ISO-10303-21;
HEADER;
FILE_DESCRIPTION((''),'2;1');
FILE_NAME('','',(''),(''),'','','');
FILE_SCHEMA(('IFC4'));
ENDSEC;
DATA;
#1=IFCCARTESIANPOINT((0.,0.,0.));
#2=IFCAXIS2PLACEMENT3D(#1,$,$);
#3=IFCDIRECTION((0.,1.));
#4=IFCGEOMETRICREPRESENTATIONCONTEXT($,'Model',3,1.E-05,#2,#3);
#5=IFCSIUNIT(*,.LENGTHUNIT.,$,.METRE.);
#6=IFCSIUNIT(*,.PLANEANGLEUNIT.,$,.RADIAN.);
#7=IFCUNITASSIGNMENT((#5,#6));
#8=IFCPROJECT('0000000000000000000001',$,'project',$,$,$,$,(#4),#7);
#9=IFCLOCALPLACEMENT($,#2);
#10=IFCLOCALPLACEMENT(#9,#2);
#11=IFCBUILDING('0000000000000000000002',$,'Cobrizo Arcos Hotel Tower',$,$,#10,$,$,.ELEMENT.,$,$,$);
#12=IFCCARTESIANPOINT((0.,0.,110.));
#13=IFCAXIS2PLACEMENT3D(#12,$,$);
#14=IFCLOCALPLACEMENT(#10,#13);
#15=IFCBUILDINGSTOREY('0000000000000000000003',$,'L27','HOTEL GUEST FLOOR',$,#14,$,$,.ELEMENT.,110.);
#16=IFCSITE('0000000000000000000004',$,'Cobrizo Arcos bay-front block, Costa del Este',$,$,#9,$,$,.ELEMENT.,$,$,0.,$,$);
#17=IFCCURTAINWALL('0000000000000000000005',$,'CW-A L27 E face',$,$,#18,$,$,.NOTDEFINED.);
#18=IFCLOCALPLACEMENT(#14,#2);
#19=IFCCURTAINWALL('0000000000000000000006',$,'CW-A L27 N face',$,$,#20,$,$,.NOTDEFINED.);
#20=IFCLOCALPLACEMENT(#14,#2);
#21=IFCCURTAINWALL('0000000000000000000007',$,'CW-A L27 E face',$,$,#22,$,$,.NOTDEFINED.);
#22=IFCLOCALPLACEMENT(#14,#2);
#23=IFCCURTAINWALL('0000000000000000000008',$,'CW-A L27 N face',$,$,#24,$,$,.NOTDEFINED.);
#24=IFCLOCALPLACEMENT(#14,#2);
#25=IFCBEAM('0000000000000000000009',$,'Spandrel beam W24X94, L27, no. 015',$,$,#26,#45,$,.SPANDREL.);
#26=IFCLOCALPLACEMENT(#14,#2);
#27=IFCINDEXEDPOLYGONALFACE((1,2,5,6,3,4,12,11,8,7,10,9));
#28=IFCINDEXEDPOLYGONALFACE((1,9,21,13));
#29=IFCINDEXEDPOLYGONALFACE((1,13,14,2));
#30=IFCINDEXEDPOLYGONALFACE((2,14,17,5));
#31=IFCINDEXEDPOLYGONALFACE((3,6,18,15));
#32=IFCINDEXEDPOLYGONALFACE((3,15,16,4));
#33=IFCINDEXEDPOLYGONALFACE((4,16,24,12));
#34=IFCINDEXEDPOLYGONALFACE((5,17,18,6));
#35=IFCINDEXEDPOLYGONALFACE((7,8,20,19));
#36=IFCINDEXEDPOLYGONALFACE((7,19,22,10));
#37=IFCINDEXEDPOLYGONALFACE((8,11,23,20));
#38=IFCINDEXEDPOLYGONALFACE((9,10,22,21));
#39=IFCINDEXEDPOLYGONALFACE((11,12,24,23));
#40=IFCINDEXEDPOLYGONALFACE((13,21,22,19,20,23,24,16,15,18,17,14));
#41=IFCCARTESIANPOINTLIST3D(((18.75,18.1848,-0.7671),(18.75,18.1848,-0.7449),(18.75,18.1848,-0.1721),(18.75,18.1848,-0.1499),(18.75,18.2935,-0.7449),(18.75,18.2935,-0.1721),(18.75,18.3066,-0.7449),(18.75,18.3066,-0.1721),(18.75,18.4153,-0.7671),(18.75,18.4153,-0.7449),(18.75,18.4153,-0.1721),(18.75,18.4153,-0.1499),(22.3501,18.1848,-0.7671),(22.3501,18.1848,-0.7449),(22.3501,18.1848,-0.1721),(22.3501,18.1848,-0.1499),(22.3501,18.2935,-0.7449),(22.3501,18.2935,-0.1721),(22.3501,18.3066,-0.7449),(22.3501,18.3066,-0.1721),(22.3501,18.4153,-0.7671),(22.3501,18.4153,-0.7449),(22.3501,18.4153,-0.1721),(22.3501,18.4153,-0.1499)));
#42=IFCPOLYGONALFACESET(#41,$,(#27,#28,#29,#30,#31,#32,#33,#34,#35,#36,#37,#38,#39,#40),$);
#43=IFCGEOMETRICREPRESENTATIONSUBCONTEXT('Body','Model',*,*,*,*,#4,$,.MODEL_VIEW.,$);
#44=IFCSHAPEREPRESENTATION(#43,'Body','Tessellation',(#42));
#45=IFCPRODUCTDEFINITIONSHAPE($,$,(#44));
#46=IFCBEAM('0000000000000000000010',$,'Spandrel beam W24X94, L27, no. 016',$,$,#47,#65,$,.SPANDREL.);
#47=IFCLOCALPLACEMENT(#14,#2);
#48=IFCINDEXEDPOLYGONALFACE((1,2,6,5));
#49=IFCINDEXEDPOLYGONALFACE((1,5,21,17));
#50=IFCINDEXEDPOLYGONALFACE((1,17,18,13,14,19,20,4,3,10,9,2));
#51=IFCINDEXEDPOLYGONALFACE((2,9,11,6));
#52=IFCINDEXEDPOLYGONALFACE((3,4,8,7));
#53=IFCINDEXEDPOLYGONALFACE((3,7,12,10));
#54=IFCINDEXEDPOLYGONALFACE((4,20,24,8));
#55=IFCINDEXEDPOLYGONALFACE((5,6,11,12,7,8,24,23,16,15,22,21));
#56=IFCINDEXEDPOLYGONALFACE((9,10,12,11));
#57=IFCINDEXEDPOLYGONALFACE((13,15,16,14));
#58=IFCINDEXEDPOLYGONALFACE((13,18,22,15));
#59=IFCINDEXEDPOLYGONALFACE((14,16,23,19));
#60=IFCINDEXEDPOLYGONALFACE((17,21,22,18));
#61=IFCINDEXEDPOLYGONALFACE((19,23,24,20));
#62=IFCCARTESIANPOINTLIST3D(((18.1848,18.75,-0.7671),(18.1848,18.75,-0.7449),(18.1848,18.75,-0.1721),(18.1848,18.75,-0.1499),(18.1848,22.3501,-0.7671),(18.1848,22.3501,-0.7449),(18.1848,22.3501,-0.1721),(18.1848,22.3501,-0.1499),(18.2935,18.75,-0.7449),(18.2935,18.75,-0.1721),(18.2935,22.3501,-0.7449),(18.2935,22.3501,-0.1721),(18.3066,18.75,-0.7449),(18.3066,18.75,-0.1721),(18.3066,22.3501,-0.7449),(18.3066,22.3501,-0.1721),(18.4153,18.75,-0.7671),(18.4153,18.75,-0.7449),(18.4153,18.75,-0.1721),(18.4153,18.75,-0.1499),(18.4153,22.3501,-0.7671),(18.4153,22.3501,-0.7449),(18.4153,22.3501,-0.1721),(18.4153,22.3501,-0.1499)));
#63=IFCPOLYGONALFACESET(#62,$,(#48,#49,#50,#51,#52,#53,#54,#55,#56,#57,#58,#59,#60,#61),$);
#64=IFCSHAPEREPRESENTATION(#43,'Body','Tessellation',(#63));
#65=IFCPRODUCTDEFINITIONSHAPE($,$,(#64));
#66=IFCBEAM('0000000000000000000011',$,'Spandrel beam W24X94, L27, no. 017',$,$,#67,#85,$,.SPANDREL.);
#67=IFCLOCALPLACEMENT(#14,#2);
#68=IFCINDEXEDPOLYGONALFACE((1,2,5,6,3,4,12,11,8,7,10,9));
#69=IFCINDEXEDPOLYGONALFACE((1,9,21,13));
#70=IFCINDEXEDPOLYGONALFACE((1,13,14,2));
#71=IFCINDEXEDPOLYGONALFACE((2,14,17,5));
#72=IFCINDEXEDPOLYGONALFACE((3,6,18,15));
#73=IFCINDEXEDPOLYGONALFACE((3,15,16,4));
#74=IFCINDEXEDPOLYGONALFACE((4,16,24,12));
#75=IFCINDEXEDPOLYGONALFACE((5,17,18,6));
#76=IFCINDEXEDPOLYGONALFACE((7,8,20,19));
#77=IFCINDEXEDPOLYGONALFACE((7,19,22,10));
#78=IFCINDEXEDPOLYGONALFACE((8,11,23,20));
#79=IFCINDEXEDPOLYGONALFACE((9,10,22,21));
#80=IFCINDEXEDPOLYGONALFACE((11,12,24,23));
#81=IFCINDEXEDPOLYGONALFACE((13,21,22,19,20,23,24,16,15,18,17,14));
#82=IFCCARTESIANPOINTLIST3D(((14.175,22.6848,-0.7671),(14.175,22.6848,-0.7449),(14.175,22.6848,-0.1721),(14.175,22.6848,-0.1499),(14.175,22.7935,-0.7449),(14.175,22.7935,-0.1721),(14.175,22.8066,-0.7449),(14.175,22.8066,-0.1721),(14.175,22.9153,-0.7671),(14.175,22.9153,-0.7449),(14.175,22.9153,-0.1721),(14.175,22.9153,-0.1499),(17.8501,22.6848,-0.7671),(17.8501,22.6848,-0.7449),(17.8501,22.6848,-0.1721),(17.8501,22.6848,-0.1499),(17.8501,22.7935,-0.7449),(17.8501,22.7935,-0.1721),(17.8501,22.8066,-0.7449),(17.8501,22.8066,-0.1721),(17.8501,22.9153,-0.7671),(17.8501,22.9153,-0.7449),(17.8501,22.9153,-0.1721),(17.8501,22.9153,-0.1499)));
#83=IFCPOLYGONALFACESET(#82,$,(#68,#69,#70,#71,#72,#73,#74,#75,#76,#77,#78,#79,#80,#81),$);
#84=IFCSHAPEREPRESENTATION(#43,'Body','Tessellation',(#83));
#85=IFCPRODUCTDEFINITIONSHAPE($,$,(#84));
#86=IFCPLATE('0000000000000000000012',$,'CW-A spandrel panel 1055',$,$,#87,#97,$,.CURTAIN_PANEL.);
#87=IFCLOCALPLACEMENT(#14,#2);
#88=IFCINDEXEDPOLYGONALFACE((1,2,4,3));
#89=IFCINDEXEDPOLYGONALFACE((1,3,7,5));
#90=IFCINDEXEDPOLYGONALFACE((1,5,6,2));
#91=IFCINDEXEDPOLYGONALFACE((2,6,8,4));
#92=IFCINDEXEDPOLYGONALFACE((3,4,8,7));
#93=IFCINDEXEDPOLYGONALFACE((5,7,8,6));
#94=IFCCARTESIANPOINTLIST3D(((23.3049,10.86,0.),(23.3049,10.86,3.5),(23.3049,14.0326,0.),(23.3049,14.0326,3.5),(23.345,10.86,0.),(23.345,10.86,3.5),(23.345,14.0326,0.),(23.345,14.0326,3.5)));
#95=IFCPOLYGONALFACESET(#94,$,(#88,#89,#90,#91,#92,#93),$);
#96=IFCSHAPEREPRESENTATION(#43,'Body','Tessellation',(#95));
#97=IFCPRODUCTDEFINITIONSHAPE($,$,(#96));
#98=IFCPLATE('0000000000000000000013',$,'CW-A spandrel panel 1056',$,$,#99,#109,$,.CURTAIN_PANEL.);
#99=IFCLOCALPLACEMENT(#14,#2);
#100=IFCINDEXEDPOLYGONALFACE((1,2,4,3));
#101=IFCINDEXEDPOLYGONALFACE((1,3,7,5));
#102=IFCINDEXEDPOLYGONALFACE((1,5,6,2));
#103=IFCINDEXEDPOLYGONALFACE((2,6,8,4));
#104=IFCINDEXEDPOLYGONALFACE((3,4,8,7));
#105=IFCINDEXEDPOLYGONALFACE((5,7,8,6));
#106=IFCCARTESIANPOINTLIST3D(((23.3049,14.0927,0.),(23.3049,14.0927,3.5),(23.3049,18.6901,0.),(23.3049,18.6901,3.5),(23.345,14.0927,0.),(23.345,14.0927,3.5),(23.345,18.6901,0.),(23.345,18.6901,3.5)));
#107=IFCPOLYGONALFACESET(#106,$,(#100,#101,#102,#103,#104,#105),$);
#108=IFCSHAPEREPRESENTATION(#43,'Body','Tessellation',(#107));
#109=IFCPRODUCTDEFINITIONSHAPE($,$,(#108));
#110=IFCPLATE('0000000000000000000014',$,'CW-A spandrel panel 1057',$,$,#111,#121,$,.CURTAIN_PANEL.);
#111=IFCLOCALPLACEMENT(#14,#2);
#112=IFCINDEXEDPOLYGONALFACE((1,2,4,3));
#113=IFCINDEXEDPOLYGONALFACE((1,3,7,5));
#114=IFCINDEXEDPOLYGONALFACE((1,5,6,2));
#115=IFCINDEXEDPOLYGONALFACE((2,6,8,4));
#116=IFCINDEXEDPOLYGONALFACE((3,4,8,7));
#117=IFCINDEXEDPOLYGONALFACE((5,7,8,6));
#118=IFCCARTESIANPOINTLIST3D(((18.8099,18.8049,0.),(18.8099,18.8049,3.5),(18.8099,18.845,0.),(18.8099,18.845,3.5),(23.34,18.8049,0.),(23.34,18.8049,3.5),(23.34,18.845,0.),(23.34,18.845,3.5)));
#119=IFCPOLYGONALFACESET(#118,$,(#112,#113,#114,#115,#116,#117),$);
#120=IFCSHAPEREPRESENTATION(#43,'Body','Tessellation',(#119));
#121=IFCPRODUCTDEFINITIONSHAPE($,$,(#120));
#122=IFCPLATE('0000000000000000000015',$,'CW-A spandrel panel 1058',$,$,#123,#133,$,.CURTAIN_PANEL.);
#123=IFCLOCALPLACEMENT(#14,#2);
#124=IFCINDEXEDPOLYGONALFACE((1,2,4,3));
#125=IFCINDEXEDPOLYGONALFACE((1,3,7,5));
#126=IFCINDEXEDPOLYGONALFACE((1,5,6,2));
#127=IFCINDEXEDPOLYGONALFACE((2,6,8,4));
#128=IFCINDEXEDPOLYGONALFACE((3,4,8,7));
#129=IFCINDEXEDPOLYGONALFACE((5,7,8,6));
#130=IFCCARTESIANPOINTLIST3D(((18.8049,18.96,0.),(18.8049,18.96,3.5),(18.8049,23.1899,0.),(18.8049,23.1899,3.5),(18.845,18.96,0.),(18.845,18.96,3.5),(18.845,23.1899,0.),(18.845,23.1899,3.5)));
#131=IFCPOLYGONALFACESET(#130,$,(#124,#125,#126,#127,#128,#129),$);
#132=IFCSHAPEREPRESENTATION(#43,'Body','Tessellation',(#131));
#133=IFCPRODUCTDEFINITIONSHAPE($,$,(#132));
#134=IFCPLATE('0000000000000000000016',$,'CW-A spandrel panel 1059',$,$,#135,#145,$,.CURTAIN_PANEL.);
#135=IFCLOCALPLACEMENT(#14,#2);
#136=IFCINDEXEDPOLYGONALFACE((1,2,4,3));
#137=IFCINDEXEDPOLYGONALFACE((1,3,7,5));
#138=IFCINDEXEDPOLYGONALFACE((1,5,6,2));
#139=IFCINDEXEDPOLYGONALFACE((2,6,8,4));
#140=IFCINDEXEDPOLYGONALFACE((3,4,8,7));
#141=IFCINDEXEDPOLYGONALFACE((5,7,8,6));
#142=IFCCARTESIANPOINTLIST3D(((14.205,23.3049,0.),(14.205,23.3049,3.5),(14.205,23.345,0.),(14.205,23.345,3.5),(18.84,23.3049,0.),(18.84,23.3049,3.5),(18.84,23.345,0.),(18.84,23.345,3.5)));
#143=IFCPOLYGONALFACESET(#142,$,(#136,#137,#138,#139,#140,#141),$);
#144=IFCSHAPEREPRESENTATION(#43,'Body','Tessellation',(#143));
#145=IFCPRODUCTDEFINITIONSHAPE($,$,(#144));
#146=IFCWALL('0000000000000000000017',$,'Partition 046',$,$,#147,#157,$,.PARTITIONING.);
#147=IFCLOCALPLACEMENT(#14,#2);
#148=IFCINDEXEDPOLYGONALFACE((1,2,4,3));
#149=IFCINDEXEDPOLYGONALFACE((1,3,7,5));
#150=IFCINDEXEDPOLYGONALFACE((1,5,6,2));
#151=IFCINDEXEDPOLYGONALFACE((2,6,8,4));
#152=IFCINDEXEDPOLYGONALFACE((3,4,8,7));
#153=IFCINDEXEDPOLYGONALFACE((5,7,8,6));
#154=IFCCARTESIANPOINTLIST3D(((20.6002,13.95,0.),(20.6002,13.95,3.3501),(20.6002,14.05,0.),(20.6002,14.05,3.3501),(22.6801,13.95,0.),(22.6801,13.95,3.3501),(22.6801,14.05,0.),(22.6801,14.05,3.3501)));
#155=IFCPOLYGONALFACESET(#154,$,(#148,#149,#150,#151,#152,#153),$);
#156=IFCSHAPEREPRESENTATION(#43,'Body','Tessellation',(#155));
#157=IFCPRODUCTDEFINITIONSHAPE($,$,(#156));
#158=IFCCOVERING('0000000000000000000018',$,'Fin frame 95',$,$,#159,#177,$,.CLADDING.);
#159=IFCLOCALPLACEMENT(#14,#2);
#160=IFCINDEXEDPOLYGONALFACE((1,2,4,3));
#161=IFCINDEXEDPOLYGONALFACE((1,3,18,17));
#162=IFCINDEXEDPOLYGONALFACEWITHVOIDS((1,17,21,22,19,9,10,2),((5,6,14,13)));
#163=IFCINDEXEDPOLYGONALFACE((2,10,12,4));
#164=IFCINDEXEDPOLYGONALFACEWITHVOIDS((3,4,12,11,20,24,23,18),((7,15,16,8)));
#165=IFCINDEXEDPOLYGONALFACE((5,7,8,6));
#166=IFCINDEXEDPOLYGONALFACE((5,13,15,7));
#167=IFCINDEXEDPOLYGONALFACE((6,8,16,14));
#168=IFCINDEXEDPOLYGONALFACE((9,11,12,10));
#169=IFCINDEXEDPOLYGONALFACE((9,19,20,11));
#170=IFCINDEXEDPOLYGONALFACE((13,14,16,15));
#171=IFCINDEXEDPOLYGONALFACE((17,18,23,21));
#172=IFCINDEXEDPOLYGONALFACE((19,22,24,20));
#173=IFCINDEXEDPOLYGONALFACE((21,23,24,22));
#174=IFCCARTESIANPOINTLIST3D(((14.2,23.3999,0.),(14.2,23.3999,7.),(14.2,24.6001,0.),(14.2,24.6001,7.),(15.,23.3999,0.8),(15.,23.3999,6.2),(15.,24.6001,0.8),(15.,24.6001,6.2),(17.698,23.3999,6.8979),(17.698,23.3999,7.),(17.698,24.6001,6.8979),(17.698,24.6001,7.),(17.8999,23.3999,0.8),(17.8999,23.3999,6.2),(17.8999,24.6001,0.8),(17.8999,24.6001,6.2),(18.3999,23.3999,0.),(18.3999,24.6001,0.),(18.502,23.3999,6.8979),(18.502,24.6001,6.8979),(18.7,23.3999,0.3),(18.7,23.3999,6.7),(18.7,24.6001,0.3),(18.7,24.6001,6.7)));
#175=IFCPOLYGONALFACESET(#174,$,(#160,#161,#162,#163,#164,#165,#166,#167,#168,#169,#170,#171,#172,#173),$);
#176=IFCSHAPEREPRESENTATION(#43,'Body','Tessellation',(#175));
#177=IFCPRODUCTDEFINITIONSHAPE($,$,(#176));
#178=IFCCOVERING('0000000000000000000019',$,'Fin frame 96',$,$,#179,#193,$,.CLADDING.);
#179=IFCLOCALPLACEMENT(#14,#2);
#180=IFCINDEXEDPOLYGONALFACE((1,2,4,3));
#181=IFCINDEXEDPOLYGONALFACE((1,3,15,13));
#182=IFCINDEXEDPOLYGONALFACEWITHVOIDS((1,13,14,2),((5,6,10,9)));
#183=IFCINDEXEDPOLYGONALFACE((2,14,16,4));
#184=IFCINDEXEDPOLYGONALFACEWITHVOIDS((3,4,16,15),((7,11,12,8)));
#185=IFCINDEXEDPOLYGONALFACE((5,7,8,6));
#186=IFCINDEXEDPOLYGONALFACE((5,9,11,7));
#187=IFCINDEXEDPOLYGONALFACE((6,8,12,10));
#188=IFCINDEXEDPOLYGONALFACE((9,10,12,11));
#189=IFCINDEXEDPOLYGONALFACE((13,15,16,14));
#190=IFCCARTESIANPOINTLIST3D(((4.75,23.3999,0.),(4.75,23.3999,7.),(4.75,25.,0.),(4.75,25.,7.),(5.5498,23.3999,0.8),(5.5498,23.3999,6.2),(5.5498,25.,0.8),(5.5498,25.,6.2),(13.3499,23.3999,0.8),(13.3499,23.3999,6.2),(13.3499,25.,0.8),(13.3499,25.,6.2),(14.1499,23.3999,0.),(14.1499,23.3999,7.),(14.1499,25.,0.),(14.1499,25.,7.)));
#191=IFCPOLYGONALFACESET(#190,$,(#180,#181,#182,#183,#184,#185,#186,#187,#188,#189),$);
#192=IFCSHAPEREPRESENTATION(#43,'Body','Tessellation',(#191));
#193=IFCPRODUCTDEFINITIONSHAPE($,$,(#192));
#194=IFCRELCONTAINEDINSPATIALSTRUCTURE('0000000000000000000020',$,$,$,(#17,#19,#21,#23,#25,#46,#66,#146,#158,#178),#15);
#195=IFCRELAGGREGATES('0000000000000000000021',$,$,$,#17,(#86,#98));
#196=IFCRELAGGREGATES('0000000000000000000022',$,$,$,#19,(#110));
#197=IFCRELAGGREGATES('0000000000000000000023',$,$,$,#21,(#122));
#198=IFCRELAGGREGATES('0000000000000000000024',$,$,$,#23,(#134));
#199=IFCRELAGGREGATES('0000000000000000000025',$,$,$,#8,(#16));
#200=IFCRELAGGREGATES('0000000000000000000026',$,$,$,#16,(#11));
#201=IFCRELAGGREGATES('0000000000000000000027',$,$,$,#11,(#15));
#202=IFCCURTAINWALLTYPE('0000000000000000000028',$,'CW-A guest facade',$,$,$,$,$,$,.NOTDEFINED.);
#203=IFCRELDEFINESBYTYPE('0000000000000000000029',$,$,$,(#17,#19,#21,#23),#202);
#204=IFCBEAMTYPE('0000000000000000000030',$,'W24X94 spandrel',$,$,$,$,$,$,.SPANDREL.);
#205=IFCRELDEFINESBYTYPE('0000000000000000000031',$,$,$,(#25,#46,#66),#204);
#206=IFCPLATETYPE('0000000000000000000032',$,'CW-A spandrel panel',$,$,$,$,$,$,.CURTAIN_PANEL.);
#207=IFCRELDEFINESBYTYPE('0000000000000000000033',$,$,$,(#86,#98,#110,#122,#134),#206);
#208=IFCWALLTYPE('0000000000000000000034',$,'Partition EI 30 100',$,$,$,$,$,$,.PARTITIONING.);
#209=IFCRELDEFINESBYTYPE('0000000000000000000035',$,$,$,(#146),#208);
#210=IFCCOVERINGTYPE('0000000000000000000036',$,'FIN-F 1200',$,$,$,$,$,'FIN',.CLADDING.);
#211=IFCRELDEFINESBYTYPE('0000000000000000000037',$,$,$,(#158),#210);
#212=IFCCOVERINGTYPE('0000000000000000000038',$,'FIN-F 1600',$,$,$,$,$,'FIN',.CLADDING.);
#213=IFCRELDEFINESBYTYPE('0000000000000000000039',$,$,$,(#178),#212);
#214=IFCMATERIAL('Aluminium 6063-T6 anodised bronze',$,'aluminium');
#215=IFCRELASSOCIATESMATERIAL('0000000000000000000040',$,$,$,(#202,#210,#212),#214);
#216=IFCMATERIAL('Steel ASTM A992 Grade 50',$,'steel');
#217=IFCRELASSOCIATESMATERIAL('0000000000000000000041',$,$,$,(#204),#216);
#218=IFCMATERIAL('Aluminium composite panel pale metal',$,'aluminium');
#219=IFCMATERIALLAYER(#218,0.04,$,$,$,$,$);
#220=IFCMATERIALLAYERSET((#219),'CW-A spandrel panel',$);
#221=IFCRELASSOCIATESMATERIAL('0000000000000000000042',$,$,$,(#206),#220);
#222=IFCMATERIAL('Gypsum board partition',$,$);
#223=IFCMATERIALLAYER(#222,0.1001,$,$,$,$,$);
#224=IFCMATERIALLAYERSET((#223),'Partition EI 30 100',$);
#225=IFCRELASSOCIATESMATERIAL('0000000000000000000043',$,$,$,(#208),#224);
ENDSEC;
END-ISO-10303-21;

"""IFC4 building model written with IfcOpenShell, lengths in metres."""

from ifc_helpers import new_model, si_unit, direction, frame, frame_2d, origin, origin_2d, place, context, subcontext, project, spatial, polyline, rectangle, i_section, outline, extrude, material, layer, layer_set, material_profile, profile_set, type_object, element, aggregate, save


model = new_model("IFC4")

# Units and contexts
model_context = context("Model", 3, precision=1e-05, world=origin(), true_north=direction((0.0, 1.0)))
body_context = subcontext(model_context, "Body", "Model", "MODEL_VIEW")
ifc_project = project(units=[si_unit("LENGTHUNIT", "METRE"), si_unit("PLANEANGLEUNIT", "RADIAN")], contexts=[model_context])

# Site, building, storey
site_placement = place(None, origin())
site = spatial("IfcSite", under=ifc_project, at=site_placement, Name="Cobrizo Arcos bay-front block, Costa del Este", CompositionType="ELEMENT", RefElevation=0.0)
building_placement = place(site_placement, origin())
building = spatial("IfcBuilding", under=site, at=building_placement, Name="Cobrizo Arcos Hotel Tower", CompositionType="ELEMENT")
storey_placement = place(building_placement, frame((0.0, 0.0, 110.0)))
storey = spatial("IfcBuildingStorey", under=building, at=storey_placement, Name="L27", Description="HOTEL GUEST FLOOR", CompositionType="ELEMENT", Elevation=110.0)

# Curtain walls
ifc_material_1 = material(Name="Aluminium 6063-T6 anodised bronze", Category="aluminium")
curtain_wall_type = type_object("IfcCurtainWallType", Name="CW-A guest facade", PredefinedType="NOTDEFINED", material=ifc_material_1)
curtain_wall_1_placement = place(storey_placement, origin())
curtain_wall_1 = element("IfcCurtainWall", 1, at=curtain_wall_1_placement, inside=storey, type_object=curtain_wall_type, Name="CW-A L27 E face", PredefinedType="NOTDEFINED")
curtain_wall_2_placement = place(storey_placement, origin())
curtain_wall_2 = element("IfcCurtainWall", 2, at=curtain_wall_2_placement, inside=storey, type_object=curtain_wall_type, Name="CW-A L27 N face", PredefinedType="NOTDEFINED")
curtain_wall_3_placement = place(storey_placement, origin())
curtain_wall_3 = element("IfcCurtainWall", 3, at=curtain_wall_3_placement, inside=storey, type_object=curtain_wall_type, Name="CW-A L27 E face", PredefinedType="NOTDEFINED")
curtain_wall_4_placement = place(storey_placement, origin())
curtain_wall_4 = element("IfcCurtainWall", 4, at=curtain_wall_4_placement, inside=storey, type_object=curtain_wall_type, Name="CW-A L27 N face", PredefinedType="NOTDEFINED")

# Beams
ifc_material_2 = material(Name="Steel ASTM A992 Grade 50", Category="steel")
ifc_material_profile_1 = material_profile(ifc_material_2, i_section(OverallWidth=0.2305, OverallDepth=0.6172, WebThickness=0.0132, FlangeThickness=0.0222, at=origin_2d()), Name="W24X94")
ifc_profile_set_1 = profile_set([ifc_material_profile_1], Name="Steel ASTM A992 Grade 50")
beam_type = type_object("IfcBeamType", Name="W24X94 spandrel", PredefinedType="SPANDREL", material=ifc_profile_set_1)
for number, where, z_axis, x_axis, name in (
    (5, (22.3501, 18.3, -0.4585), (-1.0, 0.0, 0.0), (0.0, -1.0, 0.0), "Spandrel beam W24X94, L27, no. 015"),
    (6, (18.3, 18.75, -0.4585), (0.0, 1.0, 0.0), (-1.0, 0.0, 0.0), "Spandrel beam W24X94, L27, no. 016"),
):
    element("IfcBeam", number, at=place(storey_placement, frame(where, z_axis=z_axis, x_axis=x_axis)), inside=storey, type_object=beam_type, Name=name, PredefinedType="SPANDREL", context=body_context, shape_type="SweptSolid", body=[
        extrude(i_section(OverallWidth=0.2305, OverallDepth=0.6172, WebThickness=0.0132, FlangeThickness=0.0222, at=origin_2d()), origin(), (0.0, 0.0, 1.0), 3.6001),
    ])
beam_1_placement = place(storey_placement, frame((17.8501, 22.8, -0.4585), z_axis=(-1.0, 0.0, 0.0), x_axis=(0.0, -1.0, 0.0)))
element("IfcBeam", 7, at=beam_1_placement, inside=storey, type_object=beam_type, Name="Spandrel beam W24X94, L27, no. 017", PredefinedType="SPANDREL", context=body_context, shape_type="SweptSolid", body=[
    extrude(i_section(OverallWidth=0.2305, OverallDepth=0.6172, WebThickness=0.0132, FlangeThickness=0.0222, at=origin_2d()), origin(), (0.0, 0.0, 1.0), 3.675),
])

# Plates
ifc_material_3 = material(Name="Aluminium composite panel pale metal", Category="aluminium")
ifc_layer_1 = layer(ifc_material_3, 0.04)
ifc_layer_set_1 = layer_set([ifc_layer_1], Name="CW-A spandrel panel")
plate_type = type_object("IfcPlateType", Name="CW-A spandrel panel", PredefinedType="CURTAIN_PANEL", material=ifc_layer_set_1)
plate_1_placement = place(storey_placement, frame((23.325, 12.4463, 0.0), z_axis=(0.0, 0.0, 1.0), x_axis=(0.0, 1.0, 0.0)))
plate_1 = element("IfcPlate", 8, at=plate_1_placement, type_object=plate_type, Name="CW-A spandrel panel 1055", PredefinedType="CURTAIN_PANEL", context=body_context, shape_type="SweptSolid", body=[
    extrude(rectangle(XDim=3.1726, YDim=0.04, at=origin_2d()), origin(), (0.0, 0.0, 1.0), 3.5),
])
plate_2_placement = place(storey_placement, frame((23.325, 16.3914, 0.0), z_axis=(0.0, 0.0, 1.0), x_axis=(0.0, 1.0, 0.0)))
plate_2 = element("IfcPlate", 9, at=plate_2_placement, type_object=plate_type, Name="CW-A spandrel panel 1056", PredefinedType="CURTAIN_PANEL", context=body_context, shape_type="SweptSolid", body=[
    extrude(rectangle(XDim=4.5974, YDim=0.04, at=origin_2d()), origin(), (0.0, 0.0, 1.0), 3.5),
])
aggregate(curtain_wall_1, [plate_1, plate_2])
plate_3_placement = place(storey_placement, frame((21.075, 18.825, 0.0), z_axis=(0.0, 0.0, 1.0), x_axis=(-1.0, 0.0, 0.0)))
plate_3 = element("IfcPlate", 10, at=plate_3_placement, type_object=plate_type, Name="CW-A spandrel panel 1057", PredefinedType="CURTAIN_PANEL", context=body_context, shape_type="SweptSolid", body=[
    extrude(rectangle(XDim=4.53, YDim=0.04, at=origin_2d()), origin(), (0.0, 0.0, 1.0), 3.5),
])
aggregate(curtain_wall_2, [plate_3])
plate_4_placement = place(storey_placement, frame((18.825, 21.075, 0.0), z_axis=(0.0, 0.0, 1.0), x_axis=(0.0, 1.0, 0.0)))
plate_4 = element("IfcPlate", 11, at=plate_4_placement, type_object=plate_type, Name="CW-A spandrel panel 1058", PredefinedType="CURTAIN_PANEL", context=body_context, shape_type="SweptSolid", body=[
    extrude(rectangle(XDim=4.23, YDim=0.04, at=origin_2d()), origin(), (0.0, 0.0, 1.0), 3.5),
])
aggregate(curtain_wall_3, [plate_4])
plate_5_placement = place(storey_placement, frame((16.5225, 23.325, 0.0), z_axis=(0.0, 0.0, 1.0), x_axis=(-1.0, 0.0, 0.0)))
plate_5 = element("IfcPlate", 12, at=plate_5_placement, type_object=plate_type, Name="CW-A spandrel panel 1059", PredefinedType="CURTAIN_PANEL", context=body_context, shape_type="SweptSolid", body=[
    extrude(rectangle(XDim=4.635, YDim=0.04, at=origin_2d()), origin(), (0.0, 0.0, 1.0), 3.5),
])
aggregate(curtain_wall_4, [plate_5])

# Wall
ifc_material_4 = material(Name="Gypsum board partition")
ifc_layer_2 = layer(ifc_material_4, 0.1001)
ifc_layer_set_2 = layer_set([ifc_layer_2], Name="Partition EI 30 100")
wall_type = type_object("IfcWallType", Name="Partition EI 30 100", PredefinedType="PARTITIONING", material=ifc_layer_set_2)
wall_placement = place(storey_placement, frame((20.6001, 14.0, 0.0), z_axis=(0.0, 0.0, 1.0), x_axis=(1.0, 0.0, 0.0)))
element("IfcWall", 13, at=wall_placement, inside=storey, type_object=wall_type, Name="Partition 046", PredefinedType="PARTITIONING", context=body_context, shape_type="SweptSolid", body=[
    extrude(rectangle(XDim=2.0798, YDim=0.1001, at=frame_2d((1.04, 0.0))), origin(), (0.0, 0.0, 1.0), 3.3501),
])

# Coverings
covering_type_1 = type_object("IfcCoveringType", Name="FIN-F 1200", ElementType="FIN", PredefinedType="CLADDING", material=ifc_material_1)
covering_1_placement = place(storey_placement, frame((18.7, 23.3999, 0.0), z_axis=(0.0, 1.0, 0.0), x_axis=(-1.0, 0.0, 0.0)))
element("IfcCovering", 14, at=covering_1_placement, inside=storey, type_object=covering_type_1, Name="Fin frame 95", PredefinedType="CLADDING", context=body_context, shape_type="SweptSolid", body=[
    extrude(outline(polyline([(4.5, 7.0), (1.002, 7.0), (1.002, 6.8979), (0.198, 6.8979), (0.0, 6.7), (0.0, 0.3), (0.3, 0.0), (4.5, 0.0), (4.5, 7.0)]), holes=[polyline([(3.7, 0.8), (0.8, 0.8), (0.8, 6.2), (3.7, 6.2), (3.7, 0.8)])]), origin(), (0.0, 0.0, 1.0), 1.2002),
])
covering_type_2 = type_object("IfcCoveringType", Name="FIN-F 1600", ElementType="FIN", PredefinedType="CLADDING", material=ifc_material_1)
covering_2_placement = place(storey_placement, frame((14.1499, 23.3999, 0.0), z_axis=(0.0, 1.0, 0.0), x_axis=(-1.0, 0.0, 0.0)))
element("IfcCovering", 15, at=covering_2_placement, inside=storey, type_object=covering_type_2, Name="Fin frame 96", PredefinedType="CLADDING", context=body_context, shape_type="SweptSolid", body=[
    extrude(outline(polyline([(0.0, 7.0), (0.0, 0.0), (9.3999, 0.0), (9.3999, 7.0), (0.0, 7.0)]), holes=[polyline([(8.6001, 0.8), (0.8, 0.8), (0.8, 6.2), (8.6001, 6.2), (8.6001, 0.8)])]), origin(), (0.0, 0.0, 1.0), 1.6001),
])

save(model, "model.ifc")
